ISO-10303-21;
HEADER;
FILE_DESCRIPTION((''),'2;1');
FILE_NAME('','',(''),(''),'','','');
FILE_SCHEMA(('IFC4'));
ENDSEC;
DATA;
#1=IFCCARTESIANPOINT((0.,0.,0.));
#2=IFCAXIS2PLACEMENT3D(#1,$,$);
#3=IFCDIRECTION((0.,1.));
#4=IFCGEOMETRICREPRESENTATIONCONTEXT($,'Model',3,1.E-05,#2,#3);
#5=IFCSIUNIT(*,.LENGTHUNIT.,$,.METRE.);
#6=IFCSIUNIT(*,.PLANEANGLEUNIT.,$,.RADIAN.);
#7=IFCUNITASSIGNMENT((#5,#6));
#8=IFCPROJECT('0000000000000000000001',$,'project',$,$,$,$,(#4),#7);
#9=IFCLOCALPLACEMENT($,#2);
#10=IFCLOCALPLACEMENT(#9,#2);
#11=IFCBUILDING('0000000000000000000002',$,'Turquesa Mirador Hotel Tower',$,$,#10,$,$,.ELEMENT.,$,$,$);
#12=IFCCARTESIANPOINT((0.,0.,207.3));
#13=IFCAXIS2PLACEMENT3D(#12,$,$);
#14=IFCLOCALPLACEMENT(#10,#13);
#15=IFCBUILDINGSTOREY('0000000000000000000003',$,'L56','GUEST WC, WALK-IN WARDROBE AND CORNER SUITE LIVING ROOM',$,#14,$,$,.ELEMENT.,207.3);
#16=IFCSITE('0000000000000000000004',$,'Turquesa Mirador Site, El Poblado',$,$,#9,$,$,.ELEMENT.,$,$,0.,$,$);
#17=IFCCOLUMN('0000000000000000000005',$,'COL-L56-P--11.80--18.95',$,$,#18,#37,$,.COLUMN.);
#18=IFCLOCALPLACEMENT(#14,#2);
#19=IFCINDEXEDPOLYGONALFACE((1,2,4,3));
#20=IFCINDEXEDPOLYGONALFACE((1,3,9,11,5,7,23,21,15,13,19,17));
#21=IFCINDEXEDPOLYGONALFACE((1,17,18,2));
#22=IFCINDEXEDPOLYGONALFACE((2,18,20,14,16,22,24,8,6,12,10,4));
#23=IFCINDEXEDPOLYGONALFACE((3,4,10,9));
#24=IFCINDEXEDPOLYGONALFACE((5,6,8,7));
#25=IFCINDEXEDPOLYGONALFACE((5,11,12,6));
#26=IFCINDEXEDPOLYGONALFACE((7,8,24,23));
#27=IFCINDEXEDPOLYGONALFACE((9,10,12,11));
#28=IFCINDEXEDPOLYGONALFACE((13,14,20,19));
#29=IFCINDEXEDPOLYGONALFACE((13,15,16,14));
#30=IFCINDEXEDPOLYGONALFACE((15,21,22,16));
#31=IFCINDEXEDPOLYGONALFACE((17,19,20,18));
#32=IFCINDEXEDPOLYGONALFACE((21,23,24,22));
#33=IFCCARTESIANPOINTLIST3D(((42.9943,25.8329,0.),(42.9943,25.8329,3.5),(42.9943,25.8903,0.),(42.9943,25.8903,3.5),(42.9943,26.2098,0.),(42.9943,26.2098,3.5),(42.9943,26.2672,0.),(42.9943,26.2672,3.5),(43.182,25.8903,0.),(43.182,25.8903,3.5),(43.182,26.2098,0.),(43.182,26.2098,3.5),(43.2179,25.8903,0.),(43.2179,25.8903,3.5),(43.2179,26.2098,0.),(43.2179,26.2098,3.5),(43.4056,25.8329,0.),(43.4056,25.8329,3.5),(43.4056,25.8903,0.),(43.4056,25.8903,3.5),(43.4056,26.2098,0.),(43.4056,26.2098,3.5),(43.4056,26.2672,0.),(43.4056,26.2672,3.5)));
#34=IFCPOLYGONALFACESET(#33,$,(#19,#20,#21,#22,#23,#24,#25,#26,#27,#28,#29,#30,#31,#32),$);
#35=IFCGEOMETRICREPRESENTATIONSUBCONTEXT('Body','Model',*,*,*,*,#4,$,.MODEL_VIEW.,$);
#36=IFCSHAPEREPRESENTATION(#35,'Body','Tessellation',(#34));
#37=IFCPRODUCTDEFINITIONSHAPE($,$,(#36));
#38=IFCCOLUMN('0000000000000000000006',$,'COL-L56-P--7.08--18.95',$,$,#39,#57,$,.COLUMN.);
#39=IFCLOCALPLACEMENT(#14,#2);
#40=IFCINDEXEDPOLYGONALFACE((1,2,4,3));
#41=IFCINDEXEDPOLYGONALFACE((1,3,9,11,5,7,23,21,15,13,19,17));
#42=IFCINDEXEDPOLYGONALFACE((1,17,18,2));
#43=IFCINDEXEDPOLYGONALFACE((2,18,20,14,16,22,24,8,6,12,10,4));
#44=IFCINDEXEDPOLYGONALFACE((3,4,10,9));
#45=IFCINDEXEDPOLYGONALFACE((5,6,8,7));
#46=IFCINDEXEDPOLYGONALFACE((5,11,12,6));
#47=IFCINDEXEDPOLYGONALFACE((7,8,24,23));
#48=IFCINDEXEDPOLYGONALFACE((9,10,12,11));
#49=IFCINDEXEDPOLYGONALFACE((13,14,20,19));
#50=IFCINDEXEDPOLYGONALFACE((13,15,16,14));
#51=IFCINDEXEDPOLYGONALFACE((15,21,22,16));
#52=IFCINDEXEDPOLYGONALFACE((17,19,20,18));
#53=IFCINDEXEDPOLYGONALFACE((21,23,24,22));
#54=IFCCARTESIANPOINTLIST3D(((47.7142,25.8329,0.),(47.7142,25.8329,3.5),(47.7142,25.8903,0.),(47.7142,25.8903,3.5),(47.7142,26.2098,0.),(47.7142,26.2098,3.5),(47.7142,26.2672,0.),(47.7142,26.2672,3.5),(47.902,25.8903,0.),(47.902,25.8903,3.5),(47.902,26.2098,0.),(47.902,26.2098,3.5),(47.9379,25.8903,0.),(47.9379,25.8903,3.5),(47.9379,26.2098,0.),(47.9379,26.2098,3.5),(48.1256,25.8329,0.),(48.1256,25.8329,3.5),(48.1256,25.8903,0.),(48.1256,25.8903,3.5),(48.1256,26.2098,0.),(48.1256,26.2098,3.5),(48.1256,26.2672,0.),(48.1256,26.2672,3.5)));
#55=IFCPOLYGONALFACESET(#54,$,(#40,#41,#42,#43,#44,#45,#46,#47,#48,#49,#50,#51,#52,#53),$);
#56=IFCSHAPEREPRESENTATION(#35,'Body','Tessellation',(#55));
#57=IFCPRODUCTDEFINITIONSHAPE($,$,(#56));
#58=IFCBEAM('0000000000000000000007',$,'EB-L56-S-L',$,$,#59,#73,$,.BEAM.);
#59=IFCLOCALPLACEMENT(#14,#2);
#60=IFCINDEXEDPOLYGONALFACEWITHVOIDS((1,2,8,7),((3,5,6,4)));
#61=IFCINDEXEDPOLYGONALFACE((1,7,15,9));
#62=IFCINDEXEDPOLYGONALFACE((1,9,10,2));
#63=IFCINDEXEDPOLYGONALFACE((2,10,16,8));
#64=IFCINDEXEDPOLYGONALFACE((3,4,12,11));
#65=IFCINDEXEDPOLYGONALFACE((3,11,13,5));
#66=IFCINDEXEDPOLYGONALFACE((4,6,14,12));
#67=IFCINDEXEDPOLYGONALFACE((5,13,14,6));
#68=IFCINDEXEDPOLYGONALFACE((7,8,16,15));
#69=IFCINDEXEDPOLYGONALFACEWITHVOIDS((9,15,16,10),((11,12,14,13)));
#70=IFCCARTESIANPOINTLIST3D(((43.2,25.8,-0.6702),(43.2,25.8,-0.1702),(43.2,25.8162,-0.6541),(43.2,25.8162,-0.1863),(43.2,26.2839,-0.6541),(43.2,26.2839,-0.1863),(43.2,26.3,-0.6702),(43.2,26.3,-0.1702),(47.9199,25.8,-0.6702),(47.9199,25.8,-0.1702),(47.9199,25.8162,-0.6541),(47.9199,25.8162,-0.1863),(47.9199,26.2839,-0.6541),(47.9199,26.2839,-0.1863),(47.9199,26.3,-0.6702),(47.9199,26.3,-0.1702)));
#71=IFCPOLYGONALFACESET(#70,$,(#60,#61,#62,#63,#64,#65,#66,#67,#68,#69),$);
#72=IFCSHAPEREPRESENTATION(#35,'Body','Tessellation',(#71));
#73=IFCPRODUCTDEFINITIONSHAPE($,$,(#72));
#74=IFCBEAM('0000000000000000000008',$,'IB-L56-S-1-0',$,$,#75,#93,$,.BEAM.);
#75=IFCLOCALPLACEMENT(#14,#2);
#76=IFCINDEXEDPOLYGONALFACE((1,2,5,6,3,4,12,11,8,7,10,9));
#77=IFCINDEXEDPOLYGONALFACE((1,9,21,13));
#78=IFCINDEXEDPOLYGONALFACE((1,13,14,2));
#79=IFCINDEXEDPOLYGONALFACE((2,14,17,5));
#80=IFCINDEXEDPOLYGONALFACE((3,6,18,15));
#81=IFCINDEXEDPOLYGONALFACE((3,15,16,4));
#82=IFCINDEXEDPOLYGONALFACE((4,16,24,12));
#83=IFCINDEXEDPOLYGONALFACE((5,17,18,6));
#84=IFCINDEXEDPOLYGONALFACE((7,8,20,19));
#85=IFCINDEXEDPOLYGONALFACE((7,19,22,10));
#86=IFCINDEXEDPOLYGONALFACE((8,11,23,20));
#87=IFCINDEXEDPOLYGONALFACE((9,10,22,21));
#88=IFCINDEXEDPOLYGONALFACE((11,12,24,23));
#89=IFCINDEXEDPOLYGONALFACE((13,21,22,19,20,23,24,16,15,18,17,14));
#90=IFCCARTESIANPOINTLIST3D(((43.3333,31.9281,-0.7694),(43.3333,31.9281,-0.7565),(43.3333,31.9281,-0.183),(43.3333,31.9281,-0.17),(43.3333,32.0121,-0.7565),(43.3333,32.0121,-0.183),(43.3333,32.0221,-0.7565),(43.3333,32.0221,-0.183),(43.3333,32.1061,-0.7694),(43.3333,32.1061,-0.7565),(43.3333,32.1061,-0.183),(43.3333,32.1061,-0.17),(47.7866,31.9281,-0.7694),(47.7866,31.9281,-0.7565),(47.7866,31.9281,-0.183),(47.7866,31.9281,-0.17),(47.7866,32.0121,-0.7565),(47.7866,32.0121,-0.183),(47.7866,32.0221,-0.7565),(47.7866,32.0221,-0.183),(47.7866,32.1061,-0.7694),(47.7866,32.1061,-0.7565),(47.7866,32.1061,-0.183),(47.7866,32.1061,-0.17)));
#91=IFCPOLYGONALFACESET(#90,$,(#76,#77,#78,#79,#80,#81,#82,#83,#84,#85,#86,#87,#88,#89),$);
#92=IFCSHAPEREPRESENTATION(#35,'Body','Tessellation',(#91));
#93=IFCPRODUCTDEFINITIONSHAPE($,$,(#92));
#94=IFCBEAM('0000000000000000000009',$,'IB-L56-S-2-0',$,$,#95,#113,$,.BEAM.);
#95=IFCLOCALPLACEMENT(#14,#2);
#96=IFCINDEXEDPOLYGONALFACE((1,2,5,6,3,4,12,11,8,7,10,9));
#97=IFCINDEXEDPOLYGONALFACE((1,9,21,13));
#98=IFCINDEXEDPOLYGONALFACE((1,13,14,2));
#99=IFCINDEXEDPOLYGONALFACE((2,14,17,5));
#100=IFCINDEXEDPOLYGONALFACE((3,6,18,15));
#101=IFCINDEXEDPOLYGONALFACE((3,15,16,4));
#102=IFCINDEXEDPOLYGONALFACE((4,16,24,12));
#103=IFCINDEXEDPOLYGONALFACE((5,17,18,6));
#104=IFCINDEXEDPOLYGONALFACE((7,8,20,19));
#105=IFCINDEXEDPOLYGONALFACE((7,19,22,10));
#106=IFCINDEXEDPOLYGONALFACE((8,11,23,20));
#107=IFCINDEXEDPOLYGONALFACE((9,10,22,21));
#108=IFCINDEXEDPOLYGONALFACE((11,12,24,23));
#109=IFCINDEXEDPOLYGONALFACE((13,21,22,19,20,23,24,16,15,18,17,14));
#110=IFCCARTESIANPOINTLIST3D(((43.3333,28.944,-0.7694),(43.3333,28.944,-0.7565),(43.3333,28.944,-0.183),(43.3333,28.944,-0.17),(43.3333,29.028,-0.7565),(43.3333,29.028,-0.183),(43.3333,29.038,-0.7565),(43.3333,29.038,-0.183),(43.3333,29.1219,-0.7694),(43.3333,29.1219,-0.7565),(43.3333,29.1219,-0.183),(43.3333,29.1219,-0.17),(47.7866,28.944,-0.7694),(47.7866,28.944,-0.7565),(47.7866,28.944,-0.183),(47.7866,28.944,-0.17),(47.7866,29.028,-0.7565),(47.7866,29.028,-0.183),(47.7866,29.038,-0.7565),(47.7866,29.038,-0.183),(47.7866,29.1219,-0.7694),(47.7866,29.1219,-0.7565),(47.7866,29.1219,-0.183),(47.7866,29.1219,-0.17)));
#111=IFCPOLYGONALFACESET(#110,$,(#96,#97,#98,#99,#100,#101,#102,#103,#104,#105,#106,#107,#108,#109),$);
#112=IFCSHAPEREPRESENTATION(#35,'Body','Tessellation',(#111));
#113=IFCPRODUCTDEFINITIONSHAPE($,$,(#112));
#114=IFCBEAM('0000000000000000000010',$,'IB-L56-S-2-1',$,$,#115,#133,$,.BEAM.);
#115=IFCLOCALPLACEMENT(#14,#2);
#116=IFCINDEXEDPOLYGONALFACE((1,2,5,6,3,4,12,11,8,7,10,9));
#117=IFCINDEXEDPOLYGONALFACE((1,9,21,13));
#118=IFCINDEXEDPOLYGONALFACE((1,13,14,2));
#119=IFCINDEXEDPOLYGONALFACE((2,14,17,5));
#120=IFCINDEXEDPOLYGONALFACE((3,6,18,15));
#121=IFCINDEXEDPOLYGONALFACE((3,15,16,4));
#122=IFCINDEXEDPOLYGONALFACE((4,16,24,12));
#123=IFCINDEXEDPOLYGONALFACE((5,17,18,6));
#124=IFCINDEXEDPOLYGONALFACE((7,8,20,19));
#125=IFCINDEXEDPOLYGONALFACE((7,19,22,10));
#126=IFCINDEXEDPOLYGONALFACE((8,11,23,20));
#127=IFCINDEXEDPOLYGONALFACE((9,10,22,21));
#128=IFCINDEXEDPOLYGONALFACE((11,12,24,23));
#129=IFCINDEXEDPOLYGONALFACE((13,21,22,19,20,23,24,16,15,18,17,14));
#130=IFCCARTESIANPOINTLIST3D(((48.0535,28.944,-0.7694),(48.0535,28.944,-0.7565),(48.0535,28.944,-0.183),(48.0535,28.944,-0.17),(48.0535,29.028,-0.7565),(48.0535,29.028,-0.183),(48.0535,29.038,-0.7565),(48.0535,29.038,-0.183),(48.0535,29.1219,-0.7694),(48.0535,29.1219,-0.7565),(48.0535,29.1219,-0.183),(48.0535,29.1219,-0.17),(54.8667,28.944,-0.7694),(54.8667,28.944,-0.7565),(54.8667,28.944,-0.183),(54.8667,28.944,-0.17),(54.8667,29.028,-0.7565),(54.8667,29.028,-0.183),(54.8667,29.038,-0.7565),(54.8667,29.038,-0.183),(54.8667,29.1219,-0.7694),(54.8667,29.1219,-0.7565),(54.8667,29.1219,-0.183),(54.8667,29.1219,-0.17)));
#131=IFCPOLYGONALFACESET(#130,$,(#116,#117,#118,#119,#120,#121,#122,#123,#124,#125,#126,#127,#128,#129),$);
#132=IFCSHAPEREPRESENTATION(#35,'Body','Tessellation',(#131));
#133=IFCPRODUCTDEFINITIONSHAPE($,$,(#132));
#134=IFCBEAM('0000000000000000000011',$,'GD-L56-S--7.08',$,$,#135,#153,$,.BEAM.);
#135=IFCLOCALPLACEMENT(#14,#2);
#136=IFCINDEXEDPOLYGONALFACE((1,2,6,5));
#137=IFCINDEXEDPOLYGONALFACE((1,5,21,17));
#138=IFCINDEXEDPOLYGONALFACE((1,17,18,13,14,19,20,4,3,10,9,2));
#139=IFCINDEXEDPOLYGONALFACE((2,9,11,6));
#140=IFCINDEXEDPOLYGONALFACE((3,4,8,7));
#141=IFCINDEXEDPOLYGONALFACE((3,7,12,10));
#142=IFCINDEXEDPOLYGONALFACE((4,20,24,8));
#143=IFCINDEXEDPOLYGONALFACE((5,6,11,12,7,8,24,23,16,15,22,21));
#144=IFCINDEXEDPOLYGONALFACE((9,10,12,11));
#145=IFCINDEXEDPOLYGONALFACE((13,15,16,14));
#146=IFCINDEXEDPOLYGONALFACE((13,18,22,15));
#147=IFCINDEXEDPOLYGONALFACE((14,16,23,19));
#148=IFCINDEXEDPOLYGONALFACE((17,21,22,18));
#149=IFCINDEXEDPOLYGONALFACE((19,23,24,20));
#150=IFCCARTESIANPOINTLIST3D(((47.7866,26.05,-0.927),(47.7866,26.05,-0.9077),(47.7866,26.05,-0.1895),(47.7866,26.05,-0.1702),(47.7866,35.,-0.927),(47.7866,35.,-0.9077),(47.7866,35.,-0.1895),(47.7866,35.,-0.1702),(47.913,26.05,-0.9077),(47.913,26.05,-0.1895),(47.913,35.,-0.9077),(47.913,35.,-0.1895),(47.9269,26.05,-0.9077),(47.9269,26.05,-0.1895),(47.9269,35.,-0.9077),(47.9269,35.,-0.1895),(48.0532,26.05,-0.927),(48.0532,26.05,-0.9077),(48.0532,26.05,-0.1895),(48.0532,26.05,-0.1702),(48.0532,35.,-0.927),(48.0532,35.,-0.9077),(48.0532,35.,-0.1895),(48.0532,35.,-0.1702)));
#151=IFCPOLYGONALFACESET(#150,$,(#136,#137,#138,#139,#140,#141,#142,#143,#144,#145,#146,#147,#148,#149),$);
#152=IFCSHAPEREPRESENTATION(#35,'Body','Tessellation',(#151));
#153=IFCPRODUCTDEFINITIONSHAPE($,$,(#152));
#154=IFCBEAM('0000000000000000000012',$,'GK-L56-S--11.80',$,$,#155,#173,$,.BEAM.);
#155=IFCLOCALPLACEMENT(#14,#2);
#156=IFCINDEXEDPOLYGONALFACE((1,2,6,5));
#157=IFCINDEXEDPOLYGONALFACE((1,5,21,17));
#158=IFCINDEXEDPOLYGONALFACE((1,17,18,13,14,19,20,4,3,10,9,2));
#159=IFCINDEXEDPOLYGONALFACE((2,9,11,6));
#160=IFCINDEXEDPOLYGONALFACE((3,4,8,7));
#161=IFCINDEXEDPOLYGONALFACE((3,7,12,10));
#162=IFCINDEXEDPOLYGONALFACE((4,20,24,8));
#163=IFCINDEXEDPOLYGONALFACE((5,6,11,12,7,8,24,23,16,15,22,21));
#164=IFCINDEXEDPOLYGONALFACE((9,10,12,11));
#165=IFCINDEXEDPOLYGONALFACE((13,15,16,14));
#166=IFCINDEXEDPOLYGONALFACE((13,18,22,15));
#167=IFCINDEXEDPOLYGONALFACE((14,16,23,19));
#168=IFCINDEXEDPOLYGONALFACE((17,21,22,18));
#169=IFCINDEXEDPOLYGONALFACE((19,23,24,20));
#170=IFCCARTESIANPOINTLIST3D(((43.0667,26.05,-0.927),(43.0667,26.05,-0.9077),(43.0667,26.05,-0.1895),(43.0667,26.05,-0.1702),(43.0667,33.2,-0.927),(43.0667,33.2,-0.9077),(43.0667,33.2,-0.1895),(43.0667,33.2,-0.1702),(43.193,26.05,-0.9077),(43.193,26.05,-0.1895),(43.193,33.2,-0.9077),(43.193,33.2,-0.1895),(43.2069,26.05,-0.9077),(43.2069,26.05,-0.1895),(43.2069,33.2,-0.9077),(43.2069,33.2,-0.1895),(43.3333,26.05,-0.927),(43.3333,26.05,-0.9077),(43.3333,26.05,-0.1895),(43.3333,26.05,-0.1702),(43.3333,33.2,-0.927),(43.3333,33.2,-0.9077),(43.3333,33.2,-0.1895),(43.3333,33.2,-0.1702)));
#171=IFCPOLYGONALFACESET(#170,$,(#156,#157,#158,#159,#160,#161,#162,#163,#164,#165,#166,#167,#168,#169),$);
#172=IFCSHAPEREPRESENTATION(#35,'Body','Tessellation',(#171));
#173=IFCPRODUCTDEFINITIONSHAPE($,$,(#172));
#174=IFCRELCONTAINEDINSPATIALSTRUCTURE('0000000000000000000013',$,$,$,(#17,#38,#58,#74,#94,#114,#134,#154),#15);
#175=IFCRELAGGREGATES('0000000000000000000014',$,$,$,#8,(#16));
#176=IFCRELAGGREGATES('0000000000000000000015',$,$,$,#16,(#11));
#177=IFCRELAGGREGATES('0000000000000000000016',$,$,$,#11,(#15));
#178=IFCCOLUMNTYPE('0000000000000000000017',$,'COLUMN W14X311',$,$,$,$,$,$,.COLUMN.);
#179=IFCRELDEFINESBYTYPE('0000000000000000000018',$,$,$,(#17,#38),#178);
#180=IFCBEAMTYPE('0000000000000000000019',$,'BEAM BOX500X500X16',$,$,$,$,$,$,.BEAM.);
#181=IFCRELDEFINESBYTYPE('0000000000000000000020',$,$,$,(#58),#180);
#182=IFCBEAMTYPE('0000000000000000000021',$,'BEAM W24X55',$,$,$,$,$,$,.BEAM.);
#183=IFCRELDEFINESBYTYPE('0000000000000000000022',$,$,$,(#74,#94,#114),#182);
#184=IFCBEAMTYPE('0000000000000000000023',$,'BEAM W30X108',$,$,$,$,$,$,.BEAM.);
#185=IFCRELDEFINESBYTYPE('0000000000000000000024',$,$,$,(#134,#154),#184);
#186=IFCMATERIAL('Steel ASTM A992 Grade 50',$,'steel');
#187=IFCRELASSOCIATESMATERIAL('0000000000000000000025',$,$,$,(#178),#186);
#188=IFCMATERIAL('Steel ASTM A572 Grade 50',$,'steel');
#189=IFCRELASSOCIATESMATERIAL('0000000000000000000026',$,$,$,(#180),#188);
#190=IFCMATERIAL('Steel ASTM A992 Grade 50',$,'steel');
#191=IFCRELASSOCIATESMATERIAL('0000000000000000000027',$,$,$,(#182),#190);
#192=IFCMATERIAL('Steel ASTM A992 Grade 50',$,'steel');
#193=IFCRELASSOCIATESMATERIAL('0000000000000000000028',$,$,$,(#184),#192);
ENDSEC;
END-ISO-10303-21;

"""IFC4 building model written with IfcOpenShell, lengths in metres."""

from ifc_helpers import new_model, si_unit, direction, frame, origin, origin_2d, place, context, subcontext, project, spatial, hollow_rectangle, i_section, extrude, material, material_profile, profile_set, type_object, element, save


model = new_model("IFC4")

# Units and contexts
model_context = context("Model", 3, precision=1e-05, world=origin(), true_north=direction((0.0, 1.0)))
body_context = subcontext(model_context, "Body", "Model", "MODEL_VIEW")
ifc_project = project(units=[si_unit("LENGTHUNIT", "METRE"), si_unit("PLANEANGLEUNIT", "RADIAN")], contexts=[model_context])

# Site, building, storey
site_placement = place(None, origin())
site = spatial("IfcSite", under=ifc_project, at=site_placement, Name="Turquesa Mirador Site, El Poblado", CompositionType="ELEMENT", RefElevation=0.0)
building_placement = place(site_placement, origin())
building = spatial("IfcBuilding", under=site, at=building_placement, Name="Turquesa Mirador Hotel Tower", CompositionType="ELEMENT")
storey_placement = place(building_placement, frame((0.0, 0.0, 207.3)))
storey = spatial("IfcBuildingStorey", under=building, at=storey_placement, Name="L56", Description="GUEST WC, WALK-IN WARDROBE AND CORNER SUITE LIVING ROOM", CompositionType="ELEMENT", Elevation=207.3)

# Columns
ifc_material_1 = material(Name="Steel ASTM A992 Grade 50", Category="steel")
ifc_material_profile_1 = material_profile(ifc_material_1, i_section(OverallWidth=0.4114, OverallDepth=0.4343, WebThickness=0.0359, FlangeThickness=0.0574, at=origin_2d()), Name="W14X311")
ifc_profile_set_1 = profile_set([ifc_material_profile_1], Name="Steel ASTM A992 Grade 50")
column_type = type_object("IfcColumnType", Name="COLUMN W14X311", PredefinedType="COLUMN", material=ifc_profile_set_1)
for number, where, z_axis, x_axis, name in (
    (1, (43.2, 26.05, 0.0), (0.0, 0.0, 1.0), (1.0, 0.0, 0.0), "COL-L56-P--11.80--18.95"),
    (2, (47.9199, 26.05, 0.0), (0.0, 0.0, 1.0), (1.0, 0.0, 0.0), "COL-L56-P--7.08--18.95"),
):
    element("IfcColumn", number, at=place(storey_placement, frame(where, z_axis=z_axis, x_axis=x_axis)), inside=storey, type_object=column_type, Name=name, PredefinedType="COLUMN", context=body_context, shape_type="SweptSolid", body=[
        extrude(i_section(OverallWidth=0.4114, OverallDepth=0.4343, WebThickness=0.0359, FlangeThickness=0.0574, at=origin_2d()), origin(), (0.0, 0.0, 1.0), 3.5),
    ])

# Beams
ifc_material_2 = material(Name="Steel ASTM A572 Grade 50", Category="steel")
ifc_material_profile_2 = material_profile(ifc_material_2, hollow_rectangle(XDim=0.5, YDim=0.5, WallThickness=0.0161, at=origin_2d()), Name="BOX500X500X16")
ifc_profile_set_2 = profile_set([ifc_material_profile_2], Name="Steel ASTM A572 Grade 50")
beam_type_1 = type_object("IfcBeamType", Name="BEAM BOX500X500X16", PredefinedType="BEAM", material=ifc_profile_set_2)
beam_1_placement = place(storey_placement, frame((43.2, 26.05, -0.4202), z_axis=(1.0, 0.0, 0.0), x_axis=(0.0, 1.0, 0.0)))
element("IfcBeam", 3, at=beam_1_placement, inside=storey, type_object=beam_type_1, Name="EB-L56-S-L", PredefinedType="BEAM", context=body_context, shape_type="SweptSolid", body=[
    extrude(hollow_rectangle(XDim=0.5, YDim=0.5, WallThickness=0.0161, at=origin_2d()), origin(), (0.0, 0.0, 1.0), 4.72),
])
ifc_material_3 = material(Name="Steel ASTM A992 Grade 50", Category="steel")
ifc_material_profile_3 = material_profile(ifc_material_3, i_section(OverallWidth=0.178, OverallDepth=0.5994, WebThickness=0.01, FlangeThickness=0.0129, at=origin_2d()), Name="W24X55")
ifc_profile_set_3 = profile_set([ifc_material_profile_3], Name="Steel ASTM A992 Grade 50")
beam_type_2 = type_object("IfcBeamType", Name="BEAM W24X55", PredefinedType="BEAM", material=ifc_profile_set_3)
for number, where, z_axis, x_axis, name in (
    (4, (43.3333, 32.0171, -0.4697), (1.0, 0.0, 0.0), (0.0, 1.0, 0.0), "IB-L56-S-1-0"),
    (5, (43.3333, 29.033, -0.4697), (1.0, 0.0, 0.0), (0.0, 1.0, 0.0), "IB-L56-S-2-0"),
):
    element("IfcBeam", number, at=place(storey_placement, frame(where, z_axis=z_axis, x_axis=x_axis)), inside=storey, type_object=beam_type_2, Name=name, PredefinedType="BEAM", context=body_context, shape_type="SweptSolid", body=[
        extrude(i_section(OverallWidth=0.178, OverallDepth=0.5994, WebThickness=0.01, FlangeThickness=0.0129, at=origin_2d()), origin(), (0.0, 0.0, 1.0), 4.4534),
    ])
beam_2_placement = place(storey_placement, frame((48.0535, 29.033, -0.4697), z_axis=(1.0, 0.0, 0.0), x_axis=(0.0, 1.0, 0.0)))
element("IfcBeam", 6, at=beam_2_placement, inside=storey, type_object=beam_type_2, Name="IB-L56-S-2-1", PredefinedType="BEAM", context=body_context, shape_type="SweptSolid", body=[
    extrude(i_section(OverallWidth=0.178, OverallDepth=0.5994, WebThickness=0.01, FlangeThickness=0.0129, at=origin_2d()), origin(), (0.0, 0.0, 1.0), 6.8132),
])
ifc_material_4 = material(Name="Steel ASTM A992 Grade 50", Category="steel")
ifc_material_profile_4 = material_profile(ifc_material_4, i_section(OverallWidth=0.2666, OverallDepth=0.7568, WebThickness=0.0139, FlangeThickness=0.0193, at=origin_2d()), Name="W30X108")
ifc_profile_set_4 = profile_set([ifc_material_profile_4], Name="Steel ASTM A992 Grade 50")
beam_type_3 = type_object("IfcBeamType", Name="BEAM W30X108", PredefinedType="BEAM", material=ifc_profile_set_4)
beam_3_placement = place(storey_placement, frame((47.9199, 26.05, -0.5486), z_axis=(0.0, 1.0, 0.0), x_axis=(-1.0, 0.0, 0.0)))
element("IfcBeam", 7, at=beam_3_placement, inside=storey, type_object=beam_type_3, Name="GD-L56-S--7.08", PredefinedType="BEAM", context=body_context, shape_type="SweptSolid", body=[
    extrude(i_section(OverallWidth=0.2666, OverallDepth=0.7568, WebThickness=0.0139, FlangeThickness=0.0193, at=origin_2d()), origin(), (0.0, 0.0, 1.0), 8.95),
])
beam_4_placement = place(storey_placement, frame((43.2, 26.05, -0.5486), z_axis=(0.0, 1.0, 0.0), x_axis=(-1.0, 0.0, 0.0)))
element("IfcBeam", 8, at=beam_4_placement, inside=storey, type_object=beam_type_3, Name="GK-L56-S--11.80", PredefinedType="BEAM", context=body_context, shape_type="SweptSolid", body=[
    extrude(i_section(OverallWidth=0.2666, OverallDepth=0.7568, WebThickness=0.0139, FlangeThickness=0.0193, at=origin_2d()), origin(), (0.0, 0.0, 1.0), 7.1499),
])

save(model, "model.ifc")
